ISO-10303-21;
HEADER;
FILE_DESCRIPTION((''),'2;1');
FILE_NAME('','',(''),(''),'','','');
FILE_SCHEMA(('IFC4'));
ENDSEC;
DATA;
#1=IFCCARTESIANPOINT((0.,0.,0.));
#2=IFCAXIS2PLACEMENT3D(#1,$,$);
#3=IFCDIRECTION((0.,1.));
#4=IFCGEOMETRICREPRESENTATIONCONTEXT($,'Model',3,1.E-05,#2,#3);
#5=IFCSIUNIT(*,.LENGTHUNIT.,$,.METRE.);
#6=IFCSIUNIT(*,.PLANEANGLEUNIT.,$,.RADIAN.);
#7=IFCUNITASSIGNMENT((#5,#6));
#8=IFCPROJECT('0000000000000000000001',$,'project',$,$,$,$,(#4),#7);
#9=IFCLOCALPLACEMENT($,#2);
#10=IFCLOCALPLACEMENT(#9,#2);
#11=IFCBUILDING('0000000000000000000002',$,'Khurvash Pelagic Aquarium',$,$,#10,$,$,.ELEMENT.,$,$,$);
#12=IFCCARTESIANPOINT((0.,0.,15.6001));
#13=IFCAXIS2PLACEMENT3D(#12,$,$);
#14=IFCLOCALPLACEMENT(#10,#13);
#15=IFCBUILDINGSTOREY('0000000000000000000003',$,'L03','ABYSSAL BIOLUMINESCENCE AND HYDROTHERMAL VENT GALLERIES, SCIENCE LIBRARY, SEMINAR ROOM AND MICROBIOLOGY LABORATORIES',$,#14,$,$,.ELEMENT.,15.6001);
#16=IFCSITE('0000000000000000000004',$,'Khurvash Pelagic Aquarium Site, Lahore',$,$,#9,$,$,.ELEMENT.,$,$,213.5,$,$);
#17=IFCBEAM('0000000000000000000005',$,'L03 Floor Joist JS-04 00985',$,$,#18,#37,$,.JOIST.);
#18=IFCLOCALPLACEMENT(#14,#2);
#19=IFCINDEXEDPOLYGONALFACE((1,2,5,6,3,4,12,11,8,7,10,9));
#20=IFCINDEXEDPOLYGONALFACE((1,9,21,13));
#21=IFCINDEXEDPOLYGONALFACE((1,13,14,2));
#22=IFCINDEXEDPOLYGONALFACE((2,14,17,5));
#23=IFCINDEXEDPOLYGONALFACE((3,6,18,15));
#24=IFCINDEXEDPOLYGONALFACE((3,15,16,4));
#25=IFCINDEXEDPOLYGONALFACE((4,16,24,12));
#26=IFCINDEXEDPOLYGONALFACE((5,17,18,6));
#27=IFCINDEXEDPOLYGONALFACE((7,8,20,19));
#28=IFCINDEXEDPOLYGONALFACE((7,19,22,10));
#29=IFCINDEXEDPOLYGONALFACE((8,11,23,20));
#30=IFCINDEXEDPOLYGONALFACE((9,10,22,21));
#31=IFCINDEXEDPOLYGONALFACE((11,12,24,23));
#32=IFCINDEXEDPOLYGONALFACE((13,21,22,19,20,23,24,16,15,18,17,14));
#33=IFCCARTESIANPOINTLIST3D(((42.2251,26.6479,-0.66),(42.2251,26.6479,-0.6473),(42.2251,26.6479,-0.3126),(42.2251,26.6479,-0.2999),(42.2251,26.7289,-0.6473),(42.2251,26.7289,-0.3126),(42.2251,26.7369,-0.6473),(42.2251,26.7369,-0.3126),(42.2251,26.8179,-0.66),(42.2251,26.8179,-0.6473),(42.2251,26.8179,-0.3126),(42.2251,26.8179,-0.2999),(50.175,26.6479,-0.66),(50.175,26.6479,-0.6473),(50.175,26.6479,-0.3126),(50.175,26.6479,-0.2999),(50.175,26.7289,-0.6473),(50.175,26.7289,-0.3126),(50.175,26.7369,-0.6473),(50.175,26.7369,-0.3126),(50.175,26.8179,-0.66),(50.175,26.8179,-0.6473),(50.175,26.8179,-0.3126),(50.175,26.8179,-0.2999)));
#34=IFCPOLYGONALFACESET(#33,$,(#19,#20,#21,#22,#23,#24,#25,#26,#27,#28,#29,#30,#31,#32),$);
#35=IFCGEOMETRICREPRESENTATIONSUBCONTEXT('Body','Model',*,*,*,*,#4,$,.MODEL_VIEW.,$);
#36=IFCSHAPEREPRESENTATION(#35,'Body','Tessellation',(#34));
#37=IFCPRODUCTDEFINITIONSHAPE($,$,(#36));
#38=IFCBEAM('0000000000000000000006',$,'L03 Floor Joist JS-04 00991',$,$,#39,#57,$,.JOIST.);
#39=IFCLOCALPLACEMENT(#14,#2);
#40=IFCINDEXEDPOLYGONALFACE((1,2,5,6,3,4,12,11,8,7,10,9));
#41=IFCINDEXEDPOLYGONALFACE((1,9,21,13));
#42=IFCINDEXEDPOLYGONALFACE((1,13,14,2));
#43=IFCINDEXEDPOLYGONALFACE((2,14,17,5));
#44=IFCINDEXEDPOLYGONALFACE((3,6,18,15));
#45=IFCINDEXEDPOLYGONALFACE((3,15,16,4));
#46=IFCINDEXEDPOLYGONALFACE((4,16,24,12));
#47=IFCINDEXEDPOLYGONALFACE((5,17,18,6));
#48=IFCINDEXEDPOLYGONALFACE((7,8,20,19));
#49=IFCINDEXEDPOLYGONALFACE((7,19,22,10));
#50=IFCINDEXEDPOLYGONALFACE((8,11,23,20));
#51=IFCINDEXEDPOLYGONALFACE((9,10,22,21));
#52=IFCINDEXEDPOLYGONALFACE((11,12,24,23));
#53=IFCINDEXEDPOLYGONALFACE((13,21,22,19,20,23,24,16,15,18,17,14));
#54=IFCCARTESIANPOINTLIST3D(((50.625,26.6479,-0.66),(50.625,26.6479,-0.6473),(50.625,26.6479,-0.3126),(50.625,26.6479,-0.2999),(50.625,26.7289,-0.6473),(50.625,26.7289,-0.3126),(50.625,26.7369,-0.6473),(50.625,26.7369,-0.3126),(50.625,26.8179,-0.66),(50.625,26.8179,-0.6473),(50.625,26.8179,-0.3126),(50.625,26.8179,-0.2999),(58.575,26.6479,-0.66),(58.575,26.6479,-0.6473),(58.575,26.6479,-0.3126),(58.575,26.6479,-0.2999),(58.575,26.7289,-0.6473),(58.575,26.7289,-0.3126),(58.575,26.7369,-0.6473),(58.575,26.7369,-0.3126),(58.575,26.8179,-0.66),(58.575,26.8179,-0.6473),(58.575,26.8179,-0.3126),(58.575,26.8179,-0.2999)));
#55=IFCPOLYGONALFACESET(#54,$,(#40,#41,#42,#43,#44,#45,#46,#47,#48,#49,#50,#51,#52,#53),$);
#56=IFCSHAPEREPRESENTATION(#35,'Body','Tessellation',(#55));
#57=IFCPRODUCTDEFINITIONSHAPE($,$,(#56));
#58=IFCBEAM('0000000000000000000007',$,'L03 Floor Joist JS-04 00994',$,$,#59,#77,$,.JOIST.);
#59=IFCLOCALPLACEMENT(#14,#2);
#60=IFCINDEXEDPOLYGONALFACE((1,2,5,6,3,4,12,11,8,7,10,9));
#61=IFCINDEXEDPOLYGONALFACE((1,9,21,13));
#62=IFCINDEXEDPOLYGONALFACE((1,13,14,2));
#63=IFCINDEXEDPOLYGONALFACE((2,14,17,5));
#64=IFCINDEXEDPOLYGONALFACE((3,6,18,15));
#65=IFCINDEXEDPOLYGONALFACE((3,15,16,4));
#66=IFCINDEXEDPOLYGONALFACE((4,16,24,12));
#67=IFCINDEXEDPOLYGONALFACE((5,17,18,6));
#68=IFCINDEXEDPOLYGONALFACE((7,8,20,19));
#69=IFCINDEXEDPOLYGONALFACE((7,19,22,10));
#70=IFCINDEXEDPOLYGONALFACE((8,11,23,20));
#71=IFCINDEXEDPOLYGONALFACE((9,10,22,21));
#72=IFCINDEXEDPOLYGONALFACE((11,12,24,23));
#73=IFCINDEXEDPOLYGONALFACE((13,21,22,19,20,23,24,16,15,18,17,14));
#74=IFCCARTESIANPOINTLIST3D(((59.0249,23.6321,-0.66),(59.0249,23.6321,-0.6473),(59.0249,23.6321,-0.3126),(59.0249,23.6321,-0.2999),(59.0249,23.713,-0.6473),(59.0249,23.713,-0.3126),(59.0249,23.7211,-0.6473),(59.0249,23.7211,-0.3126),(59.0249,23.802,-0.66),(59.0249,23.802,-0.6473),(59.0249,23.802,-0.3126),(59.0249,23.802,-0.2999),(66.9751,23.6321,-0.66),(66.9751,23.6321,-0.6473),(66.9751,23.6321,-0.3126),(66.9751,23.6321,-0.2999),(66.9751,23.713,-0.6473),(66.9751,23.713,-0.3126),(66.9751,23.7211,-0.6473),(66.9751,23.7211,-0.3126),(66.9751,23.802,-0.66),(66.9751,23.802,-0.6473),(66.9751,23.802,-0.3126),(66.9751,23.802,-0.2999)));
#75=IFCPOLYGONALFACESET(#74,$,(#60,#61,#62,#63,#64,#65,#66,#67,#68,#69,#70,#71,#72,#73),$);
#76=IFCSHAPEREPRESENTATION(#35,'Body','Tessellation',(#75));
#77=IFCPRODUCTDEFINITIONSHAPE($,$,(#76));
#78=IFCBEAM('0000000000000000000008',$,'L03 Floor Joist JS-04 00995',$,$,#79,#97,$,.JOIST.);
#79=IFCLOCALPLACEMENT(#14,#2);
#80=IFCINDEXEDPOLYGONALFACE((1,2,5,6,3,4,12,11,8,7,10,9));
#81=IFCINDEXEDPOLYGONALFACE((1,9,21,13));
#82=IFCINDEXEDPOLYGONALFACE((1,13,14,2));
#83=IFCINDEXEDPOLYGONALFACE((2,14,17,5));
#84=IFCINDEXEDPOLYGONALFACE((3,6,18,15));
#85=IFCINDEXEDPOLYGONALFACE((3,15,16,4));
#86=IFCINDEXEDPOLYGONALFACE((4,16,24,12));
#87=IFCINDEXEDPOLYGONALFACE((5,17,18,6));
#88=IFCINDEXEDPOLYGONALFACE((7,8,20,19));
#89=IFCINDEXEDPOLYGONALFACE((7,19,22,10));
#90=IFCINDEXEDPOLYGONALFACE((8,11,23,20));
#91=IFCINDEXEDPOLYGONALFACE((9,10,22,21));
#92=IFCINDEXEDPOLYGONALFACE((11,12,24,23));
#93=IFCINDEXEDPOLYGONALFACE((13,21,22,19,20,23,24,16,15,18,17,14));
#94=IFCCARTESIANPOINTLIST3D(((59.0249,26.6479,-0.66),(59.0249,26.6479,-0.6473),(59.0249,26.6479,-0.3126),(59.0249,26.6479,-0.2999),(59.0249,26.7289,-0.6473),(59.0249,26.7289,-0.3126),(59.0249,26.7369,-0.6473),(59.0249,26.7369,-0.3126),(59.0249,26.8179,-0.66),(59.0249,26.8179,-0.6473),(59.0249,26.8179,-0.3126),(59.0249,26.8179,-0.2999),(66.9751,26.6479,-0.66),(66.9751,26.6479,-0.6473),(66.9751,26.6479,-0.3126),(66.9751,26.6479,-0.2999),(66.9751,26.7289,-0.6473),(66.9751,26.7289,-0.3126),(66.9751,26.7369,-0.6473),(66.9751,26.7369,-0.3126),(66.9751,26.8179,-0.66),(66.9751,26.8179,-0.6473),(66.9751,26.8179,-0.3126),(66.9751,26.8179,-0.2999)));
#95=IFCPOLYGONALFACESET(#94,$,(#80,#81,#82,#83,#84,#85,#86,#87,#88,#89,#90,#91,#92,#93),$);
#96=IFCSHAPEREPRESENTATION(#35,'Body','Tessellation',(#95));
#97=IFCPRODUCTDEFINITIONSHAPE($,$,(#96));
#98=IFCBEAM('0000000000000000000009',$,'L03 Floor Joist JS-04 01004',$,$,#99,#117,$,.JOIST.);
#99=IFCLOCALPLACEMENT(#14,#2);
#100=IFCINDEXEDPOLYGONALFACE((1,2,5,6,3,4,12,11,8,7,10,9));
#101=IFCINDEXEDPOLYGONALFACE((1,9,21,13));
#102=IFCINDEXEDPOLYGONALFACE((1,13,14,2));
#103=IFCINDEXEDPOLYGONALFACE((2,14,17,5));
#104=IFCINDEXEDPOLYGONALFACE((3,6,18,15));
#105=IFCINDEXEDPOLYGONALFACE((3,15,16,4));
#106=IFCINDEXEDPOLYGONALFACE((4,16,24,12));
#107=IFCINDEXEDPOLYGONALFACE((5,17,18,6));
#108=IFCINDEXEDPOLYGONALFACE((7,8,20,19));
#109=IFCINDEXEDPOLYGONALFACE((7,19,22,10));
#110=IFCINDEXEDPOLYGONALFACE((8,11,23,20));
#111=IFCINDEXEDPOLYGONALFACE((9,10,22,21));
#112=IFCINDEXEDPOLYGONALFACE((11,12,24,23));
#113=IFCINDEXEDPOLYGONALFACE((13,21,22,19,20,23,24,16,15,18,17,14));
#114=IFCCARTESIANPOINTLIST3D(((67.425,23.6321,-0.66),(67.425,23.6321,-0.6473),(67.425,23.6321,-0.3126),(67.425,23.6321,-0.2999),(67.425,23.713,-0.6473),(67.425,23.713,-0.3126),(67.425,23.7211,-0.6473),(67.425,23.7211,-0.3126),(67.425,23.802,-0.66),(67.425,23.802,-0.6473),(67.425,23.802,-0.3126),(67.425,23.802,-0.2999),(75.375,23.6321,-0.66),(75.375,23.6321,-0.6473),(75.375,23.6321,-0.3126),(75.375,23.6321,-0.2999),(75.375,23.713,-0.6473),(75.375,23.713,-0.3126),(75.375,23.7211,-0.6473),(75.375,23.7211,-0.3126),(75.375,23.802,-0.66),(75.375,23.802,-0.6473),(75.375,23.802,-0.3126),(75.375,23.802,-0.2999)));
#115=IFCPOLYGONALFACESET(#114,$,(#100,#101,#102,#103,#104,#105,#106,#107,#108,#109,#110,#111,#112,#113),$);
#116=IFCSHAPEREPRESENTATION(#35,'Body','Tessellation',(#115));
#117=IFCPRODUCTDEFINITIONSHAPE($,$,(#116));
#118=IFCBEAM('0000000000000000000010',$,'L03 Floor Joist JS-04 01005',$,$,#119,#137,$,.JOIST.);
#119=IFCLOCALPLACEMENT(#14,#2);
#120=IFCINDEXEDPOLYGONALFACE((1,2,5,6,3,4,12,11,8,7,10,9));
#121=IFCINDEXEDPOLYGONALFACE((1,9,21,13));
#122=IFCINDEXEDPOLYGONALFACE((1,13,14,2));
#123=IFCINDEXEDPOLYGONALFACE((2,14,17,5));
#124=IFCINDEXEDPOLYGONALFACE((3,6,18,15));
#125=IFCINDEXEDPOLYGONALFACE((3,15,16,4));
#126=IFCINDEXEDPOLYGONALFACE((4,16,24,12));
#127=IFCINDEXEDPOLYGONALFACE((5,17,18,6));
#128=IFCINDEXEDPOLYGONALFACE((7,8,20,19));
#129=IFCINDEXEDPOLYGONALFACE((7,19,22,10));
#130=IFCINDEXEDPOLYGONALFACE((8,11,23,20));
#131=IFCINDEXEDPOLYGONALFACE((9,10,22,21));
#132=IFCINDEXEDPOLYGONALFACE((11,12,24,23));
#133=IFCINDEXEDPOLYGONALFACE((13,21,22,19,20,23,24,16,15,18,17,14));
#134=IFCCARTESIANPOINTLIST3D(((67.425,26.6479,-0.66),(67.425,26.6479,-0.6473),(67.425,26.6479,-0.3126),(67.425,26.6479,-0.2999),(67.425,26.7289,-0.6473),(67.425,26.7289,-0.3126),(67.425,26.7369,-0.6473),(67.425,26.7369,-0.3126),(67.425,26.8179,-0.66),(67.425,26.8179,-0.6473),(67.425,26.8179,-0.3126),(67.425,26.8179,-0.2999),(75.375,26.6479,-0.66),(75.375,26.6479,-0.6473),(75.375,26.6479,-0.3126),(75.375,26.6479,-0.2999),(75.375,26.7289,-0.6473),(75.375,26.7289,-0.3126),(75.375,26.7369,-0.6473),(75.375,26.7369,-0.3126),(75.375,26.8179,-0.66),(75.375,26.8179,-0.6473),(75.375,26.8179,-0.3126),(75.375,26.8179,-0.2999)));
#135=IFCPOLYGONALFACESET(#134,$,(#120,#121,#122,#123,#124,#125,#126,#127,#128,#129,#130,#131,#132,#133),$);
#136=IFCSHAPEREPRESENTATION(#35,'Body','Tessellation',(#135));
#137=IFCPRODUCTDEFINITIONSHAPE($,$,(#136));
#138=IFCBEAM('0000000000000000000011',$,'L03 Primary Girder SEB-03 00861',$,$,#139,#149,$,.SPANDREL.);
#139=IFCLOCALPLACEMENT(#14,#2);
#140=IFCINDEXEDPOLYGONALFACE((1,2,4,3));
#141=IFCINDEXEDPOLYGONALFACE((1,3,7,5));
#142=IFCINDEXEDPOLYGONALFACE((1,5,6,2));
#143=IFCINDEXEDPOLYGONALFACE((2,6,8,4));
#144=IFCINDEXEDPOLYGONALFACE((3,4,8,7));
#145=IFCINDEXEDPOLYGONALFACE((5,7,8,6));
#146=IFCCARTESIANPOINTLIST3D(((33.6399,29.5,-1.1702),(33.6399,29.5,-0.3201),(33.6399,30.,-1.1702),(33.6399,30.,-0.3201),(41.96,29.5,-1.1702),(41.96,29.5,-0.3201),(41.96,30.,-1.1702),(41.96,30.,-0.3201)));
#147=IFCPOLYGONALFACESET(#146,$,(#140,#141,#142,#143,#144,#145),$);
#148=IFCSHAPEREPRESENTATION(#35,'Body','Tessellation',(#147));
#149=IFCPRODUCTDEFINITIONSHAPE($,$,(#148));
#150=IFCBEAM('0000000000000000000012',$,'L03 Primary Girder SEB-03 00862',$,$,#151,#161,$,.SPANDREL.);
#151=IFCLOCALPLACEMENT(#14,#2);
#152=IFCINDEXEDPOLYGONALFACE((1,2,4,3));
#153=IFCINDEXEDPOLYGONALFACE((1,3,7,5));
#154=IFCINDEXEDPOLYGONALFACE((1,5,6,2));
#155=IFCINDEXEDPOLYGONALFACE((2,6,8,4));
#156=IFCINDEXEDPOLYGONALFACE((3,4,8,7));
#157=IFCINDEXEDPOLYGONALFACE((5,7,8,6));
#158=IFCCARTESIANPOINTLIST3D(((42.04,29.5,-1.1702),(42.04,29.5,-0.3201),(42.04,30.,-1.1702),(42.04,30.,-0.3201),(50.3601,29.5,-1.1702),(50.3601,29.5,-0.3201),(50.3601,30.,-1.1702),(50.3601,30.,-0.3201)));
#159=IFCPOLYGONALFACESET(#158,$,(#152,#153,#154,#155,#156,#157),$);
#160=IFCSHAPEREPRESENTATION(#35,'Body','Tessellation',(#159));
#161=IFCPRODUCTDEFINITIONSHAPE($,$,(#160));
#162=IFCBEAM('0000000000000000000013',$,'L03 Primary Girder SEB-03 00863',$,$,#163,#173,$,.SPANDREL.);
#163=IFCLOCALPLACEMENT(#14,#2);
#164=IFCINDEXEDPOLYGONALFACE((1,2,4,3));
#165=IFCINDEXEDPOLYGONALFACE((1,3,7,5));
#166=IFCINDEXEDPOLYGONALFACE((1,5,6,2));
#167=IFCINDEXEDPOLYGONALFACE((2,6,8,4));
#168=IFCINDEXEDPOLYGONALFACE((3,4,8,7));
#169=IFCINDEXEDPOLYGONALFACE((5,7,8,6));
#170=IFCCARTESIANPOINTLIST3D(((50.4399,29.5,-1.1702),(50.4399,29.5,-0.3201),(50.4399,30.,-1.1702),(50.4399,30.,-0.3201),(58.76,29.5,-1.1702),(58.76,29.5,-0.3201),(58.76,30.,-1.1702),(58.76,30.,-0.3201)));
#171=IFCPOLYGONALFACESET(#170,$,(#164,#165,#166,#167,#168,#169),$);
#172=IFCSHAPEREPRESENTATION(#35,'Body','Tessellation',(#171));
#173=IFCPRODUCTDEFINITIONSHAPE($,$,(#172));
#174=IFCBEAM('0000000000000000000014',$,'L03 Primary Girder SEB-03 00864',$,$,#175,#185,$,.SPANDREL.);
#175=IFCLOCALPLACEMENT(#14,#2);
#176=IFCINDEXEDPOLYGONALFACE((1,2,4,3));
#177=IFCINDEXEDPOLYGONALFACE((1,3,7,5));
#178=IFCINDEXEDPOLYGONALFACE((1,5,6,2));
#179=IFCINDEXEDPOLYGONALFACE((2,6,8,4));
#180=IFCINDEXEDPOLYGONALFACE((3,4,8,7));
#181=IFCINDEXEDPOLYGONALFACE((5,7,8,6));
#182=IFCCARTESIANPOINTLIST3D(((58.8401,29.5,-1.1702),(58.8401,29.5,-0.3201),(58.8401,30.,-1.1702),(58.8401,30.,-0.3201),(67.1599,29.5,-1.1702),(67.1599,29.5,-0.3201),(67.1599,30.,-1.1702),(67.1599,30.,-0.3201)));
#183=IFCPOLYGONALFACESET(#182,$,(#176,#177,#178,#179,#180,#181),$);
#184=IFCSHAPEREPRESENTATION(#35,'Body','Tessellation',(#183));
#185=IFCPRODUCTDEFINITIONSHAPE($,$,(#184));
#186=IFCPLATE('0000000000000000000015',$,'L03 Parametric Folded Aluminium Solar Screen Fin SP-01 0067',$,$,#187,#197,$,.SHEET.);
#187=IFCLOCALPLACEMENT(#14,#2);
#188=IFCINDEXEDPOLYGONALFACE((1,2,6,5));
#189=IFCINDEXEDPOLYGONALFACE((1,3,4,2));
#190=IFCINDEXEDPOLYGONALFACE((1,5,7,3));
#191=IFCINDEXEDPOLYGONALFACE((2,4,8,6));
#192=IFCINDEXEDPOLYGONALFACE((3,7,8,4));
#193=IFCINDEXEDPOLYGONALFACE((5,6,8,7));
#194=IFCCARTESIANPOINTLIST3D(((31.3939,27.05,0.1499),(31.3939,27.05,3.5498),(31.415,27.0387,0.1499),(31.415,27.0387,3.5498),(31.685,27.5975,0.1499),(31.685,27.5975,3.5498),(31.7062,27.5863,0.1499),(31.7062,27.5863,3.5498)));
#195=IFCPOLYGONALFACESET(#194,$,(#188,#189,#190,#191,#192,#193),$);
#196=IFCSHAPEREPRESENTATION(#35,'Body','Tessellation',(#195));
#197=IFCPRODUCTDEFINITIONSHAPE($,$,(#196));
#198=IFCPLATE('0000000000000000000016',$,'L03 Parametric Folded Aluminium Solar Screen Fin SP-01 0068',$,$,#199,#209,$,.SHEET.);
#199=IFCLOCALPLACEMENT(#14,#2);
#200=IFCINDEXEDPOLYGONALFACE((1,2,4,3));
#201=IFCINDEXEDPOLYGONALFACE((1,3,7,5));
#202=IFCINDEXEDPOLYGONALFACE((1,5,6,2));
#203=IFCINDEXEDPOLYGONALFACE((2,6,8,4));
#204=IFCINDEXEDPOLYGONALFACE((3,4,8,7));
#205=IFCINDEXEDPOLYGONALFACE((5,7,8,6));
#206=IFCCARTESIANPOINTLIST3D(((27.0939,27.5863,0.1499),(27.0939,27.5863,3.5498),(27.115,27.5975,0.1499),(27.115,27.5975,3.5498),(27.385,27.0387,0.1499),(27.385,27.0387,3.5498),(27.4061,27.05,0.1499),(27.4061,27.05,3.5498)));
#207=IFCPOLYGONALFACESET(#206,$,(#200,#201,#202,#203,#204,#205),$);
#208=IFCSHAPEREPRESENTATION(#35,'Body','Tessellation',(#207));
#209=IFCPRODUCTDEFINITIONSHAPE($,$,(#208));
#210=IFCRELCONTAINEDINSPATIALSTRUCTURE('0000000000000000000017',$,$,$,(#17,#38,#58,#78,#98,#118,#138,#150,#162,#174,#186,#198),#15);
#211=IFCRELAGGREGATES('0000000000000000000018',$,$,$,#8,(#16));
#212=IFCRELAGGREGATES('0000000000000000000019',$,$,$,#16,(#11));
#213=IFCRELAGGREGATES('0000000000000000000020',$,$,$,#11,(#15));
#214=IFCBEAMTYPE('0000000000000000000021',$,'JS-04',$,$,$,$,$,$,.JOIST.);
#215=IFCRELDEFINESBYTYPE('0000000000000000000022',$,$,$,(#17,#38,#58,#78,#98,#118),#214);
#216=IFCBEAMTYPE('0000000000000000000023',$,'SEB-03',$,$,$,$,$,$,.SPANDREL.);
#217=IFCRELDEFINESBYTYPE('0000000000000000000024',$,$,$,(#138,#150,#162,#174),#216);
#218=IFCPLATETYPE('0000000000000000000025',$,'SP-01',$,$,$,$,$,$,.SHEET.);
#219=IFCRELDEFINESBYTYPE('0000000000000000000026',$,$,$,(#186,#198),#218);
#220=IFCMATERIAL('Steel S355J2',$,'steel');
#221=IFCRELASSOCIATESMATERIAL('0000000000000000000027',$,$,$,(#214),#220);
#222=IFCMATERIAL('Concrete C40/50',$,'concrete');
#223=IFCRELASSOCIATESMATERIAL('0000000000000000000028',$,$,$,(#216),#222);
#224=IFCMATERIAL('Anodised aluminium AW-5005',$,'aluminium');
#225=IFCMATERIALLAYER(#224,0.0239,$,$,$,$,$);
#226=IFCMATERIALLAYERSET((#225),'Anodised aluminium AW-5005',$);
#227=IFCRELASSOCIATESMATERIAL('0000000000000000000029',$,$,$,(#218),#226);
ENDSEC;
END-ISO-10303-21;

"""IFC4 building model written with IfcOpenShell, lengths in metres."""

from ifc_helpers import new_model, si_unit, direction, frame, origin, origin_2d, place, context, subcontext, project, spatial, rectangle, i_section, extrude, material, layer, layer_set, material_profile, profile_set, type_object, element, save


model = new_model("IFC4")

# Units and contexts
model_context = context("Model", 3, precision=1e-05, world=origin(), true_north=direction((0.0, 1.0)))
body_context = subcontext(model_context, "Body", "Model", "MODEL_VIEW")
ifc_project = project(units=[si_unit("LENGTHUNIT", "METRE"), si_unit("PLANEANGLEUNIT", "RADIAN")], contexts=[model_context])

# Site, building, storey
site_placement = place(None, origin())
site = spatial("IfcSite", under=ifc_project, at=site_placement, Name="Khurvash Pelagic Aquarium Site, Lahore", CompositionType="ELEMENT", RefElevation=213.5)
building_placement = place(site_placement, origin())
building = spatial("IfcBuilding", under=site, at=building_placement, Name="Khurvash Pelagic Aquarium", CompositionType="ELEMENT")
storey_placement = place(building_placement, frame((0.0, 0.0, 15.6001)))
storey = spatial("IfcBuildingStorey", under=building, at=storey_placement, Name="L03", Description="ABYSSAL BIOLUMINESCENCE AND HYDROTHERMAL VENT GALLERIES, SCIENCE LIBRARY, SEMINAR ROOM AND MICROBIOLOGY LABORATORIES", CompositionType="ELEMENT", Elevation=15.6001)

# Beams
ifc_material_1 = material(Name="Steel S355J2", Category="steel")
ifc_material_profile_1 = material_profile(ifc_material_1, i_section(OverallWidth=0.1699, OverallDepth=0.3601, WebThickness=0.0081, FlangeThickness=0.0127, at=origin_2d()), Name="IPE360")
ifc_profile_set_1 = profile_set([ifc_material_profile_1], Name="Steel S355J2")
beam_type_1 = type_object("IfcBeamType", Name="JS-04", PredefinedType="JOIST", material=ifc_profile_set_1)
for number, where, z_axis, x_axis, name in (
    (1, (42.2251, 26.7329, -0.48), (1.0, 0.0, 0.0), (0.0, 1.0, 0.0), "L03 Floor Joist JS-04 00985"),
    (2, (50.625, 26.7329, -0.48), (1.0, 0.0, 0.0), (0.0, 1.0, 0.0), "L03 Floor Joist JS-04 00991"),
):
    element("IfcBeam", number, at=place(storey_placement, frame(where, z_axis=z_axis, x_axis=x_axis)), inside=storey, type_object=beam_type_1, Name=name, PredefinedType="JOIST", context=body_context, shape_type="SweptSolid", body=[
        extrude(i_section(OverallWidth=0.1699, OverallDepth=0.3601, WebThickness=0.0081, FlangeThickness=0.0127, at=origin_2d()), origin(), (0.0, 0.0, 1.0), 7.95),
    ])
for number, where, z_axis, x_axis, name in (
    (3, (59.0249, 23.717, -0.48), (1.0, 0.0, 0.0), (0.0, 1.0, 0.0), "L03 Floor Joist JS-04 00994"),
    (4, (59.0249, 26.7329, -0.48), (1.0, 0.0, 0.0), (0.0, 1.0, 0.0), "L03 Floor Joist JS-04 00995"),
):
    element("IfcBeam", number, at=place(storey_placement, frame(where, z_axis=z_axis, x_axis=x_axis)), inside=storey, type_object=beam_type_1, Name=name, PredefinedType="JOIST", context=body_context, shape_type="SweptSolid", body=[
        extrude(i_section(OverallWidth=0.1699, OverallDepth=0.3601, WebThickness=0.0081, FlangeThickness=0.0127, at=origin_2d()), origin(), (0.0, 0.0, 1.0), 7.9502),
    ])
for number, where, z_axis, x_axis, name in (
    (5, (67.425, 23.717, -0.48), (1.0, 0.0, 0.0), (0.0, 1.0, 0.0), "L03 Floor Joist JS-04 01004"),
    (6, (67.425, 26.7329, -0.48), (1.0, 0.0, 0.0), (0.0, 1.0, 0.0), "L03 Floor Joist JS-04 01005"),
):
    element("IfcBeam", number, at=place(storey_placement, frame(where, z_axis=z_axis, x_axis=x_axis)), inside=storey, type_object=beam_type_1, Name=name, PredefinedType="JOIST", context=body_context, shape_type="SweptSolid", body=[
        extrude(i_section(OverallWidth=0.1699, OverallDepth=0.3601, WebThickness=0.0081, FlangeThickness=0.0127, at=origin_2d()), origin(), (0.0, 0.0, 1.0), 7.95),
    ])
ifc_material_2 = material(Name="Concrete C40/50", Category="concrete")
ifc_material_profile_2 = material_profile(ifc_material_2, rectangle(XDim=0.5, YDim=0.8501, at=origin_2d()), Name="RC500X850")
ifc_profile_set_2 = profile_set([ifc_material_profile_2], Name="Concrete C40/50")
beam_type_2 = type_object("IfcBeamType", Name="SEB-03", PredefinedType="SPANDREL", material=ifc_profile_set_2)
for number, where, z_axis, x_axis, name in (
    (7, (33.6399, 29.75, -0.7451), (1.0, 0.0, 0.0), (0.0, 1.0, 0.0), "L03 Primary Girder SEB-03 00861"),
    (8, (42.04, 29.75, -0.7451), (1.0, 0.0, 0.0), (0.0, 1.0, 0.0), "L03 Primary Girder SEB-03 00862"),
    (9, (50.4399, 29.75, -0.7451), (1.0, 0.0, 0.0), (0.0, 1.0, 0.0), "L03 Primary Girder SEB-03 00863"),
):
    element("IfcBeam", number, at=place(storey_placement, frame(where, z_axis=z_axis, x_axis=x_axis)), inside=storey, type_object=beam_type_2, Name=name, PredefinedType="SPANDREL", context=body_context, shape_type="SweptSolid", body=[
        extrude(rectangle(XDim=0.5, YDim=0.8501, at=origin_2d()), origin(), (0.0, 0.0, 1.0), 8.3201),
    ])
beam_placement = place(storey_placement, frame((58.8401, 29.75, -0.7451), z_axis=(1.0, 0.0, 0.0), x_axis=(0.0, 1.0, 0.0)))
element("IfcBeam", 10, at=beam_placement, inside=storey, type_object=beam_type_2, Name="L03 Primary Girder SEB-03 00864", PredefinedType="SPANDREL", context=body_context, shape_type="SweptSolid", body=[
    extrude(rectangle(XDim=0.5, YDim=0.8501, at=origin_2d()), origin(), (0.0, 0.0, 1.0), 8.3198),
])

# Plates
ifc_material_3 = material(Name="Anodised aluminium AW-5005", Category="aluminium")
ifc_layer_1 = layer(ifc_material_3, 0.0239)
ifc_layer_set_1 = layer_set([ifc_layer_1], Name="Anodised aluminium AW-5005")
plate_type = type_object("IfcPlateType", Name="SP-01", PredefinedType="SHEET", material=ifc_layer_set_1)
for number, where, z_axis, x_axis, name in (
    (11, (31.55, 27.3181, 0.1499), (0.0, 0.0, 1.0), (0.469472, 0.882948, 0.0), "L03 Parametric Folded Aluminium Solar Screen Fin SP-01 0067"),
    (12, (27.25, 27.3181, 0.1499), (0.0, 0.0, 1.0), (-0.469472, 0.882948, 0.0), "L03 Parametric Folded Aluminium Solar Screen Fin SP-01 0068"),
):
    element("IfcPlate", number, at=place(storey_placement, frame(where, z_axis=z_axis, x_axis=x_axis)), inside=storey, type_object=plate_type, Name=name, PredefinedType="SHEET", context=body_context, shape_type="SweptSolid", body=[
        extrude(rectangle(XDim=0.6201, YDim=0.0239, at=origin_2d()), origin(), (0.0, 0.0, 1.0), 3.3999),
    ])

save(model, "model.ifc")
